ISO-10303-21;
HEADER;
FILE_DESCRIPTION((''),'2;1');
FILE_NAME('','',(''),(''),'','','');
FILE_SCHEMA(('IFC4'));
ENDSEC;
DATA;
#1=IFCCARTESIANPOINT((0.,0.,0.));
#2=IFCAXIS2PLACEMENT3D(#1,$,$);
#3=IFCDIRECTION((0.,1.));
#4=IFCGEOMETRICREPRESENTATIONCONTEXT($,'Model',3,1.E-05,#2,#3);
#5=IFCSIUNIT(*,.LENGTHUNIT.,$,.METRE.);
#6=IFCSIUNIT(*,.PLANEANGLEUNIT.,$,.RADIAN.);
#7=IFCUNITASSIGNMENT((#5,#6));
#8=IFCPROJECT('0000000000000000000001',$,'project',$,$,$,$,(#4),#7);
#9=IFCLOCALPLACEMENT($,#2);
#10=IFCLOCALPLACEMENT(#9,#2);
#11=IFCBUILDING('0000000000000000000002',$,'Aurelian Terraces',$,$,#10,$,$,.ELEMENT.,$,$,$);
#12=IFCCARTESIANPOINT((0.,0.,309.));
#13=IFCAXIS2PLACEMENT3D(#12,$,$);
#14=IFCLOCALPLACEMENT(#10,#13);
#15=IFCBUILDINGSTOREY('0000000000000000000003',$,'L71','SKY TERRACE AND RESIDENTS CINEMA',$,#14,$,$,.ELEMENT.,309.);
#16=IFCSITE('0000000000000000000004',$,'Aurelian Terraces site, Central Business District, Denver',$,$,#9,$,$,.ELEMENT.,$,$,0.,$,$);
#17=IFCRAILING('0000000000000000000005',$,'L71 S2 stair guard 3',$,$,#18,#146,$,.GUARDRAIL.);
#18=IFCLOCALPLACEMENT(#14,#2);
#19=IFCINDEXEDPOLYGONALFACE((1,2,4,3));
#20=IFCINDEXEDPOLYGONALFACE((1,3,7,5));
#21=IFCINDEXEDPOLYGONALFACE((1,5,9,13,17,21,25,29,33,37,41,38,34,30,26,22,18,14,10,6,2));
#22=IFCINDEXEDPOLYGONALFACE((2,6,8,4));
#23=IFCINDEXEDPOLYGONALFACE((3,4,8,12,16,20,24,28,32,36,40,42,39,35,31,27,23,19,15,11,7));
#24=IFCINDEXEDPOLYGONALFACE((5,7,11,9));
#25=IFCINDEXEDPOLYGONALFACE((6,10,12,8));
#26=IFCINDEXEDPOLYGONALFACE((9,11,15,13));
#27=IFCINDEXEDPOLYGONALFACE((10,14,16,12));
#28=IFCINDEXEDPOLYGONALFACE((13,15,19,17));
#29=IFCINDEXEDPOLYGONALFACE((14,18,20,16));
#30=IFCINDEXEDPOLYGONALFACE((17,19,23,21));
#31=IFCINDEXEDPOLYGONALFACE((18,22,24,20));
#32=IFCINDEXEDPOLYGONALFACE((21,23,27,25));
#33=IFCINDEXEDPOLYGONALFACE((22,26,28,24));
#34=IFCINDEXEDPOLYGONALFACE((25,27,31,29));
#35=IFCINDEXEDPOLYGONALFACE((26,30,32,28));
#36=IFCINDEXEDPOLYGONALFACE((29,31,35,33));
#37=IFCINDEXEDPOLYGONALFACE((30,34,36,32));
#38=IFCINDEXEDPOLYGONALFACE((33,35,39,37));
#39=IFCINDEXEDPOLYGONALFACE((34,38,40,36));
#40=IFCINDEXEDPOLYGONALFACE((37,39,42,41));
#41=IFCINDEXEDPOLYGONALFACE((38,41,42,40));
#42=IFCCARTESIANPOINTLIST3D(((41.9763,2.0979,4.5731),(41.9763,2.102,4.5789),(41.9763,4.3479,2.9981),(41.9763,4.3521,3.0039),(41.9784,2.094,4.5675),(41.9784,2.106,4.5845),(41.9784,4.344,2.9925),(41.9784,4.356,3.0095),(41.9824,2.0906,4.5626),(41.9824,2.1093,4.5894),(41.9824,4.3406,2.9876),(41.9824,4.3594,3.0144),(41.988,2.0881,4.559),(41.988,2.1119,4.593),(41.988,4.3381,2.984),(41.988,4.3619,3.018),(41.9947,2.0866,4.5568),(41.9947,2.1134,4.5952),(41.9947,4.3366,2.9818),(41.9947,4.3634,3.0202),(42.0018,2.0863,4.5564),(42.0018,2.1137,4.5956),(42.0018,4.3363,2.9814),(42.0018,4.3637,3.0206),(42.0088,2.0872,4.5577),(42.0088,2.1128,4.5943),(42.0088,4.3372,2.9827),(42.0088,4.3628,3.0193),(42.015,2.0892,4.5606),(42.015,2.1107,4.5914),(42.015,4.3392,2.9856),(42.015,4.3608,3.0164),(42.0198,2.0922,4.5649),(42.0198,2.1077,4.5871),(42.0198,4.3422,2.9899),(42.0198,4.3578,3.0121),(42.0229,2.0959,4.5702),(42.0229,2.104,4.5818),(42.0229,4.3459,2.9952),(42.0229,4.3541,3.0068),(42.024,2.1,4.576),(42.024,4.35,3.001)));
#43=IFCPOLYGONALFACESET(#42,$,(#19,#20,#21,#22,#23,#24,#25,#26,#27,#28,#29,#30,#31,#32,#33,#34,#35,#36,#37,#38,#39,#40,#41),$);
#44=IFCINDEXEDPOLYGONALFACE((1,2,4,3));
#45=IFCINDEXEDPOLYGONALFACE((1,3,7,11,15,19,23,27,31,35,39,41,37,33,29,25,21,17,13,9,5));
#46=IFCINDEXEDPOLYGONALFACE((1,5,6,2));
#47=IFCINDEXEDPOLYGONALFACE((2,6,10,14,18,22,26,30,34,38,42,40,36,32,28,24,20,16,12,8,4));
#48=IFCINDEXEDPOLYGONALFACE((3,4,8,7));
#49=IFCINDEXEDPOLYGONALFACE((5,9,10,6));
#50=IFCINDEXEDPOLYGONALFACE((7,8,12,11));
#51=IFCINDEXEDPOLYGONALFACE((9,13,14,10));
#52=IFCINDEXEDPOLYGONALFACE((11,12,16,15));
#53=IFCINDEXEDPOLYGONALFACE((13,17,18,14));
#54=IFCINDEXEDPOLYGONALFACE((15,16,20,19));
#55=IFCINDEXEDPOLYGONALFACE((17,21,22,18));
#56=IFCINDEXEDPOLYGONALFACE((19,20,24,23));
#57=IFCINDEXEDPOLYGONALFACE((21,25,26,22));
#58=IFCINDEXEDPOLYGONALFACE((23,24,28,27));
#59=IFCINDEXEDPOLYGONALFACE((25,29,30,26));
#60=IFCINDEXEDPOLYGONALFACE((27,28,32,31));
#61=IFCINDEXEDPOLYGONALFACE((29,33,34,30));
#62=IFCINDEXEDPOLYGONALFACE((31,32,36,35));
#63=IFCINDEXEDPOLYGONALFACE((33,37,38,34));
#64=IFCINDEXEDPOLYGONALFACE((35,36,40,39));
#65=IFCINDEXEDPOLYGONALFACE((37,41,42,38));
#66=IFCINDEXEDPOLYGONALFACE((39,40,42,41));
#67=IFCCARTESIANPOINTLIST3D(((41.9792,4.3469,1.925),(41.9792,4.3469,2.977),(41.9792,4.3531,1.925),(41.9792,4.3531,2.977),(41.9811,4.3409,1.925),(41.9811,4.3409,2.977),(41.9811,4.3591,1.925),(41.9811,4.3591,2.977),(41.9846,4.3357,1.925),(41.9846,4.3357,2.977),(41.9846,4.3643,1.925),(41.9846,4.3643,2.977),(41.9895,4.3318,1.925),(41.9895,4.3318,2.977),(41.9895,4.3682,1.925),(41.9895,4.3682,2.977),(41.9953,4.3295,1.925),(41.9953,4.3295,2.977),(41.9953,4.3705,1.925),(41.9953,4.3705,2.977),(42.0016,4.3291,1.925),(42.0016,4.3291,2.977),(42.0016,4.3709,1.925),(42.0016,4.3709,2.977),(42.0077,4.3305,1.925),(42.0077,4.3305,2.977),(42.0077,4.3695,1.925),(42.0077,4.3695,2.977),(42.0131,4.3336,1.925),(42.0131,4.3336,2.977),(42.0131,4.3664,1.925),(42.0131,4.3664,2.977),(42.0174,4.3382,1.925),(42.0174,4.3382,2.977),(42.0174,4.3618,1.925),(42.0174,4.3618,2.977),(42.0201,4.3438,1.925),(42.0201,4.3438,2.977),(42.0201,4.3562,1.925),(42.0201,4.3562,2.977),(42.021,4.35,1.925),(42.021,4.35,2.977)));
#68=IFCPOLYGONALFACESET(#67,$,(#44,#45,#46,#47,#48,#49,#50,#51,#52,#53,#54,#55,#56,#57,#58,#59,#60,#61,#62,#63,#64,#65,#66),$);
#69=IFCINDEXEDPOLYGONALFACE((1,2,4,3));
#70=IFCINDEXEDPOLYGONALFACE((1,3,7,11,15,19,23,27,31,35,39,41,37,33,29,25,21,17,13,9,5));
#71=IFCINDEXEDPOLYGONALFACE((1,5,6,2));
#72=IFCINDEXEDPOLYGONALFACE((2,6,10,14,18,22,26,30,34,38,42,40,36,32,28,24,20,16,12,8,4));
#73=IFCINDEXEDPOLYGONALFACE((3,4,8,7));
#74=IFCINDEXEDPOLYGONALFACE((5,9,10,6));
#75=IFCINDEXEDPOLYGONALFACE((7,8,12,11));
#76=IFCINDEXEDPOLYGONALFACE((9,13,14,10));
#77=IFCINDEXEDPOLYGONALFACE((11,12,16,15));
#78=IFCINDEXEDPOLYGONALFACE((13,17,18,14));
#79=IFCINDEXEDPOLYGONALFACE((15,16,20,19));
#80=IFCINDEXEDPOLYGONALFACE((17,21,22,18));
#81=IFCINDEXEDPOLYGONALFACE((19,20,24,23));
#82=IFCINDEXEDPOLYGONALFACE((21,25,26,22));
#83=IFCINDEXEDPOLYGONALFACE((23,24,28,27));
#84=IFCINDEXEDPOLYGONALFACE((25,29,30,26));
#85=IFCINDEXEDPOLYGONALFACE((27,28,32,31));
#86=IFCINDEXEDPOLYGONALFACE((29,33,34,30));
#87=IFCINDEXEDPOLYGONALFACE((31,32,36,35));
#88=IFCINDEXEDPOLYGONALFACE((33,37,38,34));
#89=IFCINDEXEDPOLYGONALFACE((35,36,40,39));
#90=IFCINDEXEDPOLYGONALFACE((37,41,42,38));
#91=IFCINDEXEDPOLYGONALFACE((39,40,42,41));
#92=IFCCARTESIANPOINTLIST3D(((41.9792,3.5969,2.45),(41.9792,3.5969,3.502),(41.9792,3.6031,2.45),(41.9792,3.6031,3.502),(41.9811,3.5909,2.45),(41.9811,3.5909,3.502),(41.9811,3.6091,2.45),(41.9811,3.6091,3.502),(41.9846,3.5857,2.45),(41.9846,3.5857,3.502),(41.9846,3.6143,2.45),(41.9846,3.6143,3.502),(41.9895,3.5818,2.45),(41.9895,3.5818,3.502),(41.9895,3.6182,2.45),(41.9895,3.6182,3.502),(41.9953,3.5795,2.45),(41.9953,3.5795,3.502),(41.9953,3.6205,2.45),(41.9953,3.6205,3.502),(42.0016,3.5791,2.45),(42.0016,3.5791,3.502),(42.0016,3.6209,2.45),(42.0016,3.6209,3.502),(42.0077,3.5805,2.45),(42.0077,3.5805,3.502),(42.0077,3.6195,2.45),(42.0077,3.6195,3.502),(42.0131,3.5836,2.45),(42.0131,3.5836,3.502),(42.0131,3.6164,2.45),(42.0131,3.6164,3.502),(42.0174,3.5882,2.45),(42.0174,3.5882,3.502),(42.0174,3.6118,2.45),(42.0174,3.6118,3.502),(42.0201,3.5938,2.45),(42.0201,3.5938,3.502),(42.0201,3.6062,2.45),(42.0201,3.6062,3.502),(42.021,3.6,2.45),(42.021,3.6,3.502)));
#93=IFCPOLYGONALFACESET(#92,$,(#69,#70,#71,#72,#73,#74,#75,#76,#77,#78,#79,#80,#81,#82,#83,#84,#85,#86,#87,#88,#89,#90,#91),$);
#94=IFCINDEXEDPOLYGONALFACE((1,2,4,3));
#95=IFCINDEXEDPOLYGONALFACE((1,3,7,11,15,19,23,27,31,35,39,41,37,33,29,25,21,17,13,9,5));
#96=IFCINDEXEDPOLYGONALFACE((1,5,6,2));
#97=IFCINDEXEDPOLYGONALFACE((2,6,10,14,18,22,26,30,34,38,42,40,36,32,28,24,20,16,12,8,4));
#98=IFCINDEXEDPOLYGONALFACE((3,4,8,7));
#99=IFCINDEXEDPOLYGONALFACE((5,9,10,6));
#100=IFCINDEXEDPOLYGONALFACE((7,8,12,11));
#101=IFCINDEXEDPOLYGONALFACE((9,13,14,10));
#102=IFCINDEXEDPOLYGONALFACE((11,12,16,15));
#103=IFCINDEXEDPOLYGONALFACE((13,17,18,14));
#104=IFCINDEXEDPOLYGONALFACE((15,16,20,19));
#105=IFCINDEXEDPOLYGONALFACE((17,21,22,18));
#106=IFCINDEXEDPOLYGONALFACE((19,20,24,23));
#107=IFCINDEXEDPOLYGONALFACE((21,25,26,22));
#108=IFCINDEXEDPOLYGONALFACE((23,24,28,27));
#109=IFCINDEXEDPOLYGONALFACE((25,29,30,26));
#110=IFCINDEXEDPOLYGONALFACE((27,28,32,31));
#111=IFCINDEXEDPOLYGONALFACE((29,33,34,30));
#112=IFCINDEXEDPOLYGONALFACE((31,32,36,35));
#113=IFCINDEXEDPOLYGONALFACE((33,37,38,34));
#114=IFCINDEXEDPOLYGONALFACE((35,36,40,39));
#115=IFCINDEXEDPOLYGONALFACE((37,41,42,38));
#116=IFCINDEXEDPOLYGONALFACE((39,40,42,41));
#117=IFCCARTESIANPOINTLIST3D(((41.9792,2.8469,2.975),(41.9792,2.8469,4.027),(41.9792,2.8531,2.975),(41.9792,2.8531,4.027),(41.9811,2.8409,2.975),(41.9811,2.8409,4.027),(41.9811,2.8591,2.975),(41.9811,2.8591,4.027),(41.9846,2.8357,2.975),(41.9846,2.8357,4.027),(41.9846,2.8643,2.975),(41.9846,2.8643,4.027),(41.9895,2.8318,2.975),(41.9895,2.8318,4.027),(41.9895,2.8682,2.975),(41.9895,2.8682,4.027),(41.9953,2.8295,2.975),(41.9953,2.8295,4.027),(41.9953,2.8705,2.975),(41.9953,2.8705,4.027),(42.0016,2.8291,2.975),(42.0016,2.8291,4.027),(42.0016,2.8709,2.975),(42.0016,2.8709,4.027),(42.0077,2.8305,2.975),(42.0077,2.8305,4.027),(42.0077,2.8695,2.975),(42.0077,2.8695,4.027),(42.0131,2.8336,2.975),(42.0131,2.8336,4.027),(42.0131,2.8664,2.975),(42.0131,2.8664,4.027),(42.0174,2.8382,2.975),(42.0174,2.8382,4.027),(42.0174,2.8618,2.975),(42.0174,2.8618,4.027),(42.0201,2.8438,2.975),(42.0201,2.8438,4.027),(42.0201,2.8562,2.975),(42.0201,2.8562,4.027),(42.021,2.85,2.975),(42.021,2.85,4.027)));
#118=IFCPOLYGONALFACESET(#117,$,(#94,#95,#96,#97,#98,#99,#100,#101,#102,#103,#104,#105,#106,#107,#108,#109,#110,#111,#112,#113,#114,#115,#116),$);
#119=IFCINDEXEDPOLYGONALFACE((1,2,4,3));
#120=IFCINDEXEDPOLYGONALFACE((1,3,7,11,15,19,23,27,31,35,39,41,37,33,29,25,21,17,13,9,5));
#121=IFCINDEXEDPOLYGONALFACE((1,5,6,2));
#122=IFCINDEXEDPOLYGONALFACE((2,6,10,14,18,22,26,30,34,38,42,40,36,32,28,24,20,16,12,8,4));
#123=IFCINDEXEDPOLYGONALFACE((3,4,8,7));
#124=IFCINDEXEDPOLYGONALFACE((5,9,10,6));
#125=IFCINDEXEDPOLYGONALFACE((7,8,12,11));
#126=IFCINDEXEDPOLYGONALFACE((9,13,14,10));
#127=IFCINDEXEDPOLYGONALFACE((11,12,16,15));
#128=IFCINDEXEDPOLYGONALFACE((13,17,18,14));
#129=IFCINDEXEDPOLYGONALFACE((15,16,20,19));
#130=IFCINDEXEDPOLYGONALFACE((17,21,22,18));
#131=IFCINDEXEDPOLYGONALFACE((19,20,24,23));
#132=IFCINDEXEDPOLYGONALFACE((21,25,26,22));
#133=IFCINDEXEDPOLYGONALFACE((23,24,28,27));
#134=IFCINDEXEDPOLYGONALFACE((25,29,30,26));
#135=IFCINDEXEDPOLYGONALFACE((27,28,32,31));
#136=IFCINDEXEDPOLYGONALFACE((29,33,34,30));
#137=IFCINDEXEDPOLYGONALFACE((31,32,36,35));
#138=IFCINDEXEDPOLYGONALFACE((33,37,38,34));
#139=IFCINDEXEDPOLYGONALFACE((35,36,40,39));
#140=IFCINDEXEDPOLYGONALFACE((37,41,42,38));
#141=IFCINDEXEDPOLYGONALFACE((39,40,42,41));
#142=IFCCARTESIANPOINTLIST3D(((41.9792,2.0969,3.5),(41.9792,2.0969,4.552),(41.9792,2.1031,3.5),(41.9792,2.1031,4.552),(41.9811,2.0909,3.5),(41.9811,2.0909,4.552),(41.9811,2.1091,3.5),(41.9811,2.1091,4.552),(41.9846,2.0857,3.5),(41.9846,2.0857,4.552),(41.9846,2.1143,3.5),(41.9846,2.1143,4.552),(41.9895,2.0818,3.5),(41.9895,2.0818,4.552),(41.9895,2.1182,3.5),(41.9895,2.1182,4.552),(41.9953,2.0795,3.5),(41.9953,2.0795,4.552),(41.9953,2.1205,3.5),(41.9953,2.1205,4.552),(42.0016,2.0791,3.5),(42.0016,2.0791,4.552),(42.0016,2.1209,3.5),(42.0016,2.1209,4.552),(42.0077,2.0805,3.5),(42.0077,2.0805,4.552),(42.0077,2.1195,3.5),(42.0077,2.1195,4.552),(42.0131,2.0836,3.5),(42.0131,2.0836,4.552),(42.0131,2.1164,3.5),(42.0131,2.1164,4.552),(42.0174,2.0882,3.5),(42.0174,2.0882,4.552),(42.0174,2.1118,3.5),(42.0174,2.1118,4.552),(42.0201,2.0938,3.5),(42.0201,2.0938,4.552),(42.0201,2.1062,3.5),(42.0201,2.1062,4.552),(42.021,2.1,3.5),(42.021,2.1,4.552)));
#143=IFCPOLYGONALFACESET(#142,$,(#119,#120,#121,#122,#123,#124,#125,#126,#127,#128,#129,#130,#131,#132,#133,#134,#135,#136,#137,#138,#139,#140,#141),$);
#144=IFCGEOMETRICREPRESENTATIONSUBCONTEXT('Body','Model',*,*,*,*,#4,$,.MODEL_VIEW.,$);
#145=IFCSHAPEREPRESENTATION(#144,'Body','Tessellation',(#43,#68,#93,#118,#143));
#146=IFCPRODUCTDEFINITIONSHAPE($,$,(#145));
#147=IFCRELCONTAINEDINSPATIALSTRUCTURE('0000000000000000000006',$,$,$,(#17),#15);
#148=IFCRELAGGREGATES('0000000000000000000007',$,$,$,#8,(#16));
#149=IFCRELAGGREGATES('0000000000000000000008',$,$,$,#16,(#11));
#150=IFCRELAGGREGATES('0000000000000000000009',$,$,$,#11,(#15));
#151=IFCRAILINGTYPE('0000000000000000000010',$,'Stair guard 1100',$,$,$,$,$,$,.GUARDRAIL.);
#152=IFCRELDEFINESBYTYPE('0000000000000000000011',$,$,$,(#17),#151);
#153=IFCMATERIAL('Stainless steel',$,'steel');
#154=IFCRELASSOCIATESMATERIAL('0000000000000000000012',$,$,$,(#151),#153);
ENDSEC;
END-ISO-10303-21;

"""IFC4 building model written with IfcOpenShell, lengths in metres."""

from ifc_helpers import new_model, si_unit, direction, frame, origin, origin_2d, place, context, subcontext, project, spatial, circle, extrude, source, transform, mapped, material, type_object, element, save


model = new_model("IFC4")

# Units and contexts
model_context = context("Model", 3, precision=1e-05, world=origin(), true_north=direction((0.0, 1.0)))
body_context = subcontext(model_context, "Body", "Model", "MODEL_VIEW")
ifc_project = project(units=[si_unit("LENGTHUNIT", "METRE"), si_unit("PLANEANGLEUNIT", "RADIAN")], contexts=[model_context])

# Site, building, storey
site_placement = place(None, origin())
site = spatial("IfcSite", under=ifc_project, at=site_placement, Name="Aurelian Terraces site, Central Business District, Denver", CompositionType="ELEMENT", RefElevation=0.0)
building_placement = place(site_placement, origin())
building = spatial("IfcBuilding", under=site, at=building_placement, Name="Aurelian Terraces", CompositionType="ELEMENT")
storey_placement = place(building_placement, frame((0.0, 0.0, 309.0)))
storey = spatial("IfcBuildingStorey", under=building, at=storey_placement, Name="L71", Description="SKY TERRACE AND RESIDENTS CINEMA", CompositionType="ELEMENT", Elevation=309.0)

# Railing
ifc_material_1 = material(Name="Stainless steel", Category="steel")
railing_type_1 = type_object("IfcRailingType", Name="Stair guard 1100", PredefinedType="GUARDRAIL", material=ifc_material_1)
shared_shape_1 = source(origin(), body_context, "Body", "SweptSolid", [
    extrude(circle(Radius=0.024, at=origin_2d()), frame((0.0, 0.0, 1.076), z_axis=(0.0, -0.819232, 0.573462), x_axis=(1.0, 0.0, 0.0)), (0.0, 0.0, 1.0), 2.7465),
    extrude(circle(Radius=0.021, at=origin_2d()), origin(), (0.0, 0.0, 1.0), 1.052),
    extrude(circle(Radius=0.021, at=origin_2d()), frame((0.0, -0.75, 0.525)), (0.0, 0.0, 1.0), 1.052),
    extrude(circle(Radius=0.021, at=origin_2d()), frame((0.0, -1.5, 1.05)), (0.0, 0.0, 1.0), 1.052),
    extrude(circle(Radius=0.021, at=origin_2d()), frame((0.0, -2.25, 1.575)), (0.0, 0.0, 1.0), 1.052),
])
railing_1_placement = place(storey_placement, frame((42.0, 4.35, 1.925)))
element("IfcRailing", 1, at=railing_1_placement, inside=storey, type_object=railing_type_1, Name="L71 S2 stair guard 3", PredefinedType="GUARDRAIL", context=body_context, shape_type="MappedRepresentation", body=[
    mapped(shared_shape_1, transform((0.0, 0.0, 0.0), scale=1.0)),
])

save(model, "model.ifc")
